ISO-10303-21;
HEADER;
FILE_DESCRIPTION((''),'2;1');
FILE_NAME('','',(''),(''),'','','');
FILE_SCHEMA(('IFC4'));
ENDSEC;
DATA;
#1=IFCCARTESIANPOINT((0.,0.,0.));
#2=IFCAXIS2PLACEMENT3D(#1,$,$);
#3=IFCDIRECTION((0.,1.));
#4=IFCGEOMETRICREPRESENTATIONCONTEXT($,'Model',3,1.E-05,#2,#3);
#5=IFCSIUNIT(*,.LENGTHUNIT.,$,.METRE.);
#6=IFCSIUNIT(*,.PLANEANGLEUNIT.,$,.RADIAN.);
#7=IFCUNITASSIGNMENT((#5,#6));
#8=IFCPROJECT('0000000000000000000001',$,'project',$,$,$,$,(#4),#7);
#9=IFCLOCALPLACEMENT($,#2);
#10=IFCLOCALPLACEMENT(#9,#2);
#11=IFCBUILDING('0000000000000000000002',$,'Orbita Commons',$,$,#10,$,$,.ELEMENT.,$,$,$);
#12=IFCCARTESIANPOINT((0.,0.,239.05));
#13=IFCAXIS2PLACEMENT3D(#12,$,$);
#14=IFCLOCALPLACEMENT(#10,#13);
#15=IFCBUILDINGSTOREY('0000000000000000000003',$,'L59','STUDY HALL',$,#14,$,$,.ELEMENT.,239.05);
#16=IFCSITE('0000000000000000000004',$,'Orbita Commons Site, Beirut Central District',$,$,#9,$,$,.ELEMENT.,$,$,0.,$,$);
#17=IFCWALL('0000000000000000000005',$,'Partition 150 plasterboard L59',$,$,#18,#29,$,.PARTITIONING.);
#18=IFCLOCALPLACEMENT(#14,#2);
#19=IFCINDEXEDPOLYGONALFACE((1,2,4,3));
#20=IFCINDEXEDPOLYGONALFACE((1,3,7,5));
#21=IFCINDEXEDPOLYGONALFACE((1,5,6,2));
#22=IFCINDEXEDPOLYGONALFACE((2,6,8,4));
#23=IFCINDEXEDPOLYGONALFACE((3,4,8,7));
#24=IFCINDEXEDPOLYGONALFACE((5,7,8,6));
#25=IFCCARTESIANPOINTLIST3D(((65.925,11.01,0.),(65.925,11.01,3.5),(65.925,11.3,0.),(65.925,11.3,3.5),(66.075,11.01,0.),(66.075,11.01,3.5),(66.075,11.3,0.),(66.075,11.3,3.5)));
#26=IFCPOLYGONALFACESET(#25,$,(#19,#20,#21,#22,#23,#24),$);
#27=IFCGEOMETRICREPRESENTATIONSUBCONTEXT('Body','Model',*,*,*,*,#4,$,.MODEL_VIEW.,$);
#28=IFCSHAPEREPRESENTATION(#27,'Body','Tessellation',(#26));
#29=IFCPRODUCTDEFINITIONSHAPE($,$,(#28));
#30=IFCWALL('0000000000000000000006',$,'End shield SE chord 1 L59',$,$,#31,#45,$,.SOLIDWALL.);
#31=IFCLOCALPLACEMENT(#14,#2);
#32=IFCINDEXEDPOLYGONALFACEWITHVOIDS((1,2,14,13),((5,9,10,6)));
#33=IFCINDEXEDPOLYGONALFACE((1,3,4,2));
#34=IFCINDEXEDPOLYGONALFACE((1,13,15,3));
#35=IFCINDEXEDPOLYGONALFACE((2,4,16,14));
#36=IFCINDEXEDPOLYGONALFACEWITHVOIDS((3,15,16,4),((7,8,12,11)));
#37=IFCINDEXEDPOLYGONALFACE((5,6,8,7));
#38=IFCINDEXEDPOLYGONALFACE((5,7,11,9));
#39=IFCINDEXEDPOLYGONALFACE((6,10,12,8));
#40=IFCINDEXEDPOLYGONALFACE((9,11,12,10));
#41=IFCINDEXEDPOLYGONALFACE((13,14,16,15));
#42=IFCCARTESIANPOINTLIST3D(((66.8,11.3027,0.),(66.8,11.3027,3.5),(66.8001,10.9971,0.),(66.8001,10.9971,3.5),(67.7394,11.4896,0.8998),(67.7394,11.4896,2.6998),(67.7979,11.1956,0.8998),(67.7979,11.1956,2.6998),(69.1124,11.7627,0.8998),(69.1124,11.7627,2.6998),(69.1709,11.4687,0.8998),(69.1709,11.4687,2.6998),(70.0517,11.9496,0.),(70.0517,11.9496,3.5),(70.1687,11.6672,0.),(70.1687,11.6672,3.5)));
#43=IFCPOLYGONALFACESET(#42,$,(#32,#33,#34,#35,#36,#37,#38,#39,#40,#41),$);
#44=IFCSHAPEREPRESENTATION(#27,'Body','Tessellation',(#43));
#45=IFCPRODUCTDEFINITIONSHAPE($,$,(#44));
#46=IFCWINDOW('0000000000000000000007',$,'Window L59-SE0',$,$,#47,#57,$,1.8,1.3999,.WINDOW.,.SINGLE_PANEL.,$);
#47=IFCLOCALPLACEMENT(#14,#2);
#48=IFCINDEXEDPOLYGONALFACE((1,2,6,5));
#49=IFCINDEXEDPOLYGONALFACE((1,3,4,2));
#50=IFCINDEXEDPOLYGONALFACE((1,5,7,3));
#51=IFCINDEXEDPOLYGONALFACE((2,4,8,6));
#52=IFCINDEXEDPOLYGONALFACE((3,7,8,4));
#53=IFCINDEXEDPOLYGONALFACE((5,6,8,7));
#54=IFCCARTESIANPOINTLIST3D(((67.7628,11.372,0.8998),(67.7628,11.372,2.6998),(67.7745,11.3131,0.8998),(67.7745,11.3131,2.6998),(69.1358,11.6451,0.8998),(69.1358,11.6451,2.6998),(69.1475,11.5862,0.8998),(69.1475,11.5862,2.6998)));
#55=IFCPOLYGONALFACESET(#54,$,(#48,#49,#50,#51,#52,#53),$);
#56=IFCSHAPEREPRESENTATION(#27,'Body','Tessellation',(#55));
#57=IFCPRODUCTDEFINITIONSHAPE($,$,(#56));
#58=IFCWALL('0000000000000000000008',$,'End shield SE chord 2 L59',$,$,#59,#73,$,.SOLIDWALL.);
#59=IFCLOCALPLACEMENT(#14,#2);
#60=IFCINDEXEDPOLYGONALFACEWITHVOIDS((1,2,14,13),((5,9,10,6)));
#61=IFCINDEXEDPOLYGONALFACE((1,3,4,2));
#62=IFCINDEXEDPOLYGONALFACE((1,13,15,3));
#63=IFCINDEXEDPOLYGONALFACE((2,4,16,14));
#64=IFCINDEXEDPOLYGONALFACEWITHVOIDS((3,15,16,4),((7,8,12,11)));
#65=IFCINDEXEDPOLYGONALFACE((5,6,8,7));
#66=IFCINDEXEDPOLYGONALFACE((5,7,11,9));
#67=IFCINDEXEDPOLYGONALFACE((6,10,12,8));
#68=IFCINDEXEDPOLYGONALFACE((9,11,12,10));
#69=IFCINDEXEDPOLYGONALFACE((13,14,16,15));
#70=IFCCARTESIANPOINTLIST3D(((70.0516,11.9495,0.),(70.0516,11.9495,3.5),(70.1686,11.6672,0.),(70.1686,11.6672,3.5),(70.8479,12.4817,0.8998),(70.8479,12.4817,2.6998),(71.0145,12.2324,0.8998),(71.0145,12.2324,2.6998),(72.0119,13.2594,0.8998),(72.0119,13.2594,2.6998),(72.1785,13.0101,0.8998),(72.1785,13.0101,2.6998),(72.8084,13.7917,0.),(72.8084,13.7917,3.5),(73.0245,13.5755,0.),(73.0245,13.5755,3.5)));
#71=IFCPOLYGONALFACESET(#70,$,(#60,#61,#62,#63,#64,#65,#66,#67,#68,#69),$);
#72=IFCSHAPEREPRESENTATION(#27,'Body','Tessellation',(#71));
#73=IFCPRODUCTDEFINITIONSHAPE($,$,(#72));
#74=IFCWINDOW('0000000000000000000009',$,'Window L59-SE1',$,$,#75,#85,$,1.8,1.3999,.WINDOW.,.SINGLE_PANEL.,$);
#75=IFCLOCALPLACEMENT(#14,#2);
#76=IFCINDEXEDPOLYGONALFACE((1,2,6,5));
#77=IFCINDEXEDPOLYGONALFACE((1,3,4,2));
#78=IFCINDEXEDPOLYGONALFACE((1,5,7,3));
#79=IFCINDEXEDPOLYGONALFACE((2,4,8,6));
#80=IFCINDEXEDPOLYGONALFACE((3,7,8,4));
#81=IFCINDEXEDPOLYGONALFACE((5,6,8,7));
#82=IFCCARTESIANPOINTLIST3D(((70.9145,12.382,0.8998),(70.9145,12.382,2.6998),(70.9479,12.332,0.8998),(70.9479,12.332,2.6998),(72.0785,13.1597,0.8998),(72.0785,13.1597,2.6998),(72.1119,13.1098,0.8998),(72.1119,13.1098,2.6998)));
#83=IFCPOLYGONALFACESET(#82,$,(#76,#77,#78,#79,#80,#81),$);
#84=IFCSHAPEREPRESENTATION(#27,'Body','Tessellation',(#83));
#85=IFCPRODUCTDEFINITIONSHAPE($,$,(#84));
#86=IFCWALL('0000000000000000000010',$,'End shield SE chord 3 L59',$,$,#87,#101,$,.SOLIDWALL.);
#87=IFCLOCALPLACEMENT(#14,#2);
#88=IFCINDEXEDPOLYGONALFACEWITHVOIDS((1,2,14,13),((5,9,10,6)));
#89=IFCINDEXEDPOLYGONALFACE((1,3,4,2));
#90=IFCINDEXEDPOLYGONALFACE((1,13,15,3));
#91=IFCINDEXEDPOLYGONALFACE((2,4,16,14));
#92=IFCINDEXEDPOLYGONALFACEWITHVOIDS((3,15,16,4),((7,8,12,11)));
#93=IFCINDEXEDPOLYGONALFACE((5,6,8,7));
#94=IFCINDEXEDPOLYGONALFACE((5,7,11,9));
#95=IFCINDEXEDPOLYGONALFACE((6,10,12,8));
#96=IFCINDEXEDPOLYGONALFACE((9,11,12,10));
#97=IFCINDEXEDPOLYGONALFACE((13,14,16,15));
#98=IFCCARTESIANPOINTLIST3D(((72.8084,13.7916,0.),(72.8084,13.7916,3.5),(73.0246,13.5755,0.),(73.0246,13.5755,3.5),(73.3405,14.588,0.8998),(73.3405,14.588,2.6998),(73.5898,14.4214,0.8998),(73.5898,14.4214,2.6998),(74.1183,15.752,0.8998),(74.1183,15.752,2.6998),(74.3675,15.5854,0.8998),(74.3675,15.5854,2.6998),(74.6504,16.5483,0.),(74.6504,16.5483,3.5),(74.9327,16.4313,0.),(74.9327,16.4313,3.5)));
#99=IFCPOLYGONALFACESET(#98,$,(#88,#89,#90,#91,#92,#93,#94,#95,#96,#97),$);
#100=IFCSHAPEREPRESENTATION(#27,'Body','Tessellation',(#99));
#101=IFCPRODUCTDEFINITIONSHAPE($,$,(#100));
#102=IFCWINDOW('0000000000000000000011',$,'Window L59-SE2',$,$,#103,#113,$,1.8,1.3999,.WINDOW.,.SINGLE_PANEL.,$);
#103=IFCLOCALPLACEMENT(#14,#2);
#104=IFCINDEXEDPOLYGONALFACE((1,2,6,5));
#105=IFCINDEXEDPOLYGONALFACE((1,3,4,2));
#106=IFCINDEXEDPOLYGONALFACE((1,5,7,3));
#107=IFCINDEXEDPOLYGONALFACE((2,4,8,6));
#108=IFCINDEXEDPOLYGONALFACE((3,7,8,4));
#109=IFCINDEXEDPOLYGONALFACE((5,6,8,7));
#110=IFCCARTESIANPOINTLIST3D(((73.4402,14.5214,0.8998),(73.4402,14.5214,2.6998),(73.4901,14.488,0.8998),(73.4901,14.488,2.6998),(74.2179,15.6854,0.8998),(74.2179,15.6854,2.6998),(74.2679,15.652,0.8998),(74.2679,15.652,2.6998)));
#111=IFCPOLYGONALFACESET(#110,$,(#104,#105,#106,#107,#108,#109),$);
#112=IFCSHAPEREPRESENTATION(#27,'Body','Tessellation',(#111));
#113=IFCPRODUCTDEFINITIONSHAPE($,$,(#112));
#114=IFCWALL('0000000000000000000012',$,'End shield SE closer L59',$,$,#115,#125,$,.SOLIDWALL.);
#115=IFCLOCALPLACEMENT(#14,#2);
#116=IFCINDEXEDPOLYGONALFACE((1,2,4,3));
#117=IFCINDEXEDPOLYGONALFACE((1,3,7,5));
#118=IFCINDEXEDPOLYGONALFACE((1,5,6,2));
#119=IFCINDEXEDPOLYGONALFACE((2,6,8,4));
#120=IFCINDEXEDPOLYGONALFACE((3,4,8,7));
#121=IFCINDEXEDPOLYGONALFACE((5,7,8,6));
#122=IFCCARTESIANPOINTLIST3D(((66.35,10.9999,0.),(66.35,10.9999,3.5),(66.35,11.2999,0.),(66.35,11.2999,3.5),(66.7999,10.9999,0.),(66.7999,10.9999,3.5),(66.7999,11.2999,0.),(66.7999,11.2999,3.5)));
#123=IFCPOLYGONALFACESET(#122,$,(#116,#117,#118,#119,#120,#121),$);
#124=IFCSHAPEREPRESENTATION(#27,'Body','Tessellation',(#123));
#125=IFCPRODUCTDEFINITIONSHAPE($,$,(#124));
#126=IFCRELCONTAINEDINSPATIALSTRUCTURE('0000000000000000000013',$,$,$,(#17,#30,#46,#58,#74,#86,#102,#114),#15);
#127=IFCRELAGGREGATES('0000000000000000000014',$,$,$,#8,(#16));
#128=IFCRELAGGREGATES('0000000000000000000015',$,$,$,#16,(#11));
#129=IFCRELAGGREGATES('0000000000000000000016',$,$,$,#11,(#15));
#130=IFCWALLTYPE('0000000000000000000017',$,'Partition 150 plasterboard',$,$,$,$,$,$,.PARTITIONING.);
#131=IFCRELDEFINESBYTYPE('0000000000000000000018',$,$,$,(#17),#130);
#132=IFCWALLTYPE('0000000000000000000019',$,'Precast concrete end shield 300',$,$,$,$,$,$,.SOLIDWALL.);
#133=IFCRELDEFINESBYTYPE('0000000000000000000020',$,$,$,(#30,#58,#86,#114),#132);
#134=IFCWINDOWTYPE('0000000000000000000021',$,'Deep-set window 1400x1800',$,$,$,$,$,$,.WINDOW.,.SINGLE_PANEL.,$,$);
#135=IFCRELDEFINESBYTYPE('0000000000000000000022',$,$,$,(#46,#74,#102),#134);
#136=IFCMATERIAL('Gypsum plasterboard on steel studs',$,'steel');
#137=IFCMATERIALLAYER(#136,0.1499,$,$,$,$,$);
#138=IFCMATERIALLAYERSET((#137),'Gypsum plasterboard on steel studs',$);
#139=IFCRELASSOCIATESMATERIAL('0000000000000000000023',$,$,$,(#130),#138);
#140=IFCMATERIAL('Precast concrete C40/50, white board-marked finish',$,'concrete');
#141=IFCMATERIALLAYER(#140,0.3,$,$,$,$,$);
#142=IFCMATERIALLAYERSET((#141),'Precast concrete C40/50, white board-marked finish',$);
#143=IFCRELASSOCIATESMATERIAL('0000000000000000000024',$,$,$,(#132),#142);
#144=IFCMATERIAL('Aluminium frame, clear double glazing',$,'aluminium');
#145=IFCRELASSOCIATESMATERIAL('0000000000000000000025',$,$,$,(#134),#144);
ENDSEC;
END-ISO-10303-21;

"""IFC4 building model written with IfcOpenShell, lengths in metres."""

from ifc_helpers import new_model, si_unit, direction, frame, frame_2d, origin, place, context, subcontext, project, spatial, polyline, rectangle, outline, extrude, material, layer, layer_set, type_object, element, fill, save


model = new_model("IFC4")

# Units and contexts
model_context = context("Model", 3, precision=1e-05, world=origin(), true_north=direction((0.0, 1.0)))
body_context = subcontext(model_context, "Body", "Model", "MODEL_VIEW")
ifc_project = project(units=[si_unit("LENGTHUNIT", "METRE"), si_unit("PLANEANGLEUNIT", "RADIAN")], contexts=[model_context])

# Site, building, storey
site_placement = place(None, origin())
site = spatial("IfcSite", under=ifc_project, at=site_placement, Name="Orbita Commons Site, Beirut Central District", CompositionType="ELEMENT", RefElevation=0.0)
building_placement = place(site_placement, origin())
building = spatial("IfcBuilding", under=site, at=building_placement, Name="Orbita Commons", CompositionType="ELEMENT")
storey_placement = place(building_placement, frame((0.0, 0.0, 239.05)))
storey = spatial("IfcBuildingStorey", under=building, at=storey_placement, Name="L59", Description="STUDY HALL", CompositionType="ELEMENT", Elevation=239.05)

# Wall
ifc_material_1 = material(Name="Gypsum plasterboard on steel studs", Category="steel")
ifc_layer_1 = layer(ifc_material_1, 0.1499)
ifc_layer_set_1 = layer_set([ifc_layer_1], Name="Gypsum plasterboard on steel studs")
wall_type_1 = type_object("IfcWallType", Name="Partition 150 plasterboard", PredefinedType="PARTITIONING", material=ifc_layer_set_1)
wall_1_placement = place(storey_placement, frame((66.0, 11.3, 0.0), z_axis=(0.0, 0.0, 1.0), x_axis=(0.0, -1.0, 0.0)))
element("IfcWall", 1, at=wall_1_placement, inside=storey, type_object=wall_type_1, Name="Partition 150 plasterboard L59", PredefinedType="PARTITIONING", context=body_context, shape_type="SweptSolid", body=[
    extrude(rectangle(XDim=0.29, YDim=0.1499, at=frame_2d((0.145, 0.0))), origin(), (0.0, 0.0, 1.0), 3.5),
])

# Walls, openings, windows
ifc_material_2 = material(Name="Precast concrete C40/50, white board-marked finish", Category="concrete")
ifc_layer_2 = layer(ifc_material_2, 0.3)
ifc_layer_set_2 = layer_set([ifc_layer_2], Name="Precast concrete C40/50, white board-marked finish")
wall_type_2 = type_object("IfcWallType", Name="Precast concrete end shield 300", PredefinedType="SOLIDWALL", material=ifc_layer_set_2)
wall_2_placement = place(storey_placement, frame((66.8, 11.1499, 0.0), z_axis=(0.0, 0.0, 1.0), x_axis=(0.980783, 0.1951, 0.0)))
wall_2 = element("IfcWall", 2, at=wall_2_placement, inside=storey, type_object=wall_type_2, Name="End shield SE chord 1 L59", PredefinedType="SOLIDWALL", context=body_context, shape_type="SweptSolid", body=[
    extrude(outline(polyline([(-0.0298, -0.1499), (3.4048, -0.1499), (3.3452, 0.1499), (0.0298, 0.1499), (-0.0298, -0.1499)])), origin(), (0.0, 0.0, 1.0), 3.5),
])
opening_1_placement = place(wall_2_placement, frame((0.9875, 0.0, 0.8999)))
opening_1 = element("IfcOpeningElement", 3, at=opening_1_placement, cuts=wall_2, PredefinedType="OPENING", context=body_context, shape_type="SweptSolid", body=[
    extrude(rectangle(XDim=1.3999, YDim=1.8, at=frame_2d((0.7, 0.8999))), frame((0.0, 0.1599, 0.0), z_axis=(0.0, -1.0, 0.0), x_axis=(1.0, 0.0, 0.0)), (0.0, 0.0, 1.0), 0.3201),
])
ifc_material_3 = material(Name="Aluminium frame, clear double glazing", Category="aluminium")
window_type = type_object("IfcWindowType", Name="Deep-set window 1400x1800", PartitioningType="SINGLE_PANEL", PredefinedType="WINDOW", material=ifc_material_3)
window_1_placement = place(opening_1_placement, origin())
window_1 = element("IfcWindow", 4, at=window_1_placement, inside=storey, type_object=window_type, Name="Window L59-SE0", OverallHeight=1.8, OverallWidth=1.3999, PartitioningType="SINGLE_PANEL", PredefinedType="WINDOW", context=body_context, shape_type="SweptSolid", body=[
    extrude(rectangle(XDim=1.3999, YDim=1.8, at=frame_2d((0.7, 0.8999))), frame((0.0, 0.03, 0.0), z_axis=(0.0, -1.0, 0.0), x_axis=(1.0, 0.0, 0.0)), (0.0, 0.0, 1.0), 0.0601),
])
fill(opening_1, window_1)
wall_3_placement = place(storey_placement, frame((70.1101, 11.8083, 0.0), z_axis=(0.0, 0.0, 1.0), x_axis=(0.83146, 0.555585, 0.0)))
wall_3 = element("IfcWall", 5, at=wall_3_placement, inside=storey, type_object=wall_type_2, Name="End shield SE chord 2 L59", PredefinedType="SOLIDWALL", context=body_context, shape_type="SweptSolid", body=[
    extrude(outline(polyline([(-0.0298, -0.1499), (3.405, -0.1499), (3.3455, 0.1499), (0.0298, 0.1499), (-0.0298, -0.1499)])), origin(), (0.0, 0.0, 1.0), 3.5),
])
opening_2_placement = place(wall_3_placement, frame((0.9875, 0.0, 0.8999)))
opening_2 = element("IfcOpeningElement", 6, at=opening_2_placement, cuts=wall_3, PredefinedType="OPENING", context=body_context, shape_type="SweptSolid", body=[
    extrude(rectangle(XDim=1.3999, YDim=1.8, at=frame_2d((0.7, 0.8999))), frame((0.0, 0.1599, 0.0), z_axis=(0.0, -1.0, 0.0), x_axis=(1.0, 0.0, 0.0)), (0.0, 0.0, 1.0), 0.3201),
])
window_2_placement = place(opening_2_placement, origin())
window_2 = element("IfcWindow", 7, at=window_2_placement, inside=storey, type_object=window_type, Name="Window L59-SE1", OverallHeight=1.8, OverallWidth=1.3999, PartitioningType="SINGLE_PANEL", PredefinedType="WINDOW", context=body_context, shape_type="SweptSolid", body=[
    extrude(rectangle(XDim=1.3999, YDim=1.8, at=frame_2d((0.7, 0.8999))), frame((0.0, 0.03, 0.0), z_axis=(0.0, -1.0, 0.0), x_axis=(1.0, 0.0, 0.0)), (0.0, 0.0, 1.0), 0.0601),
])
fill(opening_2, window_2)
wall_4_placement = place(storey_placement, frame((72.9165, 13.6836, 0.0), z_axis=(0.0, 0.0, 1.0), x_axis=(0.555568, 0.831471, 0.0)))
wall_4 = element("IfcWall", 8, at=wall_4_placement, inside=storey, type_object=wall_type_2, Name="End shield SE chord 3 L59", PredefinedType="SOLIDWALL", context=body_context, shape_type="SweptSolid", body=[
    extrude(outline(polyline([(-0.0298, -0.1499), (3.4048, -0.1499), (3.3452, 0.1499), (0.0298, 0.1499), (-0.0298, -0.1499)])), origin(), (0.0, 0.0, 1.0), 3.5),
])
opening_3_placement = place(wall_4_placement, frame((0.9875, 0.0, 0.8999)))
opening_3 = element("IfcOpeningElement", 9, at=opening_3_placement, cuts=wall_4, PredefinedType="OPENING", context=body_context, shape_type="SweptSolid", body=[
    extrude(rectangle(XDim=1.3999, YDim=1.8, at=frame_2d((0.7, 0.8999))), frame((0.0, 0.1599, 0.0), z_axis=(0.0, -1.0, 0.0), x_axis=(1.0, 0.0, 0.0)), (0.0, 0.0, 1.0), 0.3201),
])
window_3_placement = place(opening_3_placement, origin())
window_3 = element("IfcWindow", 10, at=window_3_placement, inside=storey, type_object=window_type, Name="Window L59-SE2", OverallHeight=1.8, OverallWidth=1.3999, PartitioningType="SINGLE_PANEL", PredefinedType="WINDOW", context=body_context, shape_type="SweptSolid", body=[
    extrude(rectangle(XDim=1.3999, YDim=1.8, at=frame_2d((0.7, 0.8999))), frame((0.0, 0.03, 0.0), z_axis=(0.0, -1.0, 0.0), x_axis=(1.0, 0.0, 0.0)), (0.0, 0.0, 1.0), 0.0601),
])
fill(opening_3, window_3)

# Wall
wall_5_placement = place(storey_placement, frame((66.8, 11.1499, 0.0), z_axis=(0.0, 0.0, 1.0), x_axis=(-1.0, 0.0, 0.0)))
element("IfcWall", 11, at=wall_5_placement, inside=storey, type_object=wall_type_2, Name="End shield SE closer L59", PredefinedType="SOLIDWALL", context=body_context, shape_type="SweptSolid", body=[
    extrude(rectangle(XDim=0.45, YDim=0.3, at=frame_2d((0.2251, 0.0))), origin(), (0.0, 0.0, 1.0), 3.5),
])

save(model, "model.ifc")
